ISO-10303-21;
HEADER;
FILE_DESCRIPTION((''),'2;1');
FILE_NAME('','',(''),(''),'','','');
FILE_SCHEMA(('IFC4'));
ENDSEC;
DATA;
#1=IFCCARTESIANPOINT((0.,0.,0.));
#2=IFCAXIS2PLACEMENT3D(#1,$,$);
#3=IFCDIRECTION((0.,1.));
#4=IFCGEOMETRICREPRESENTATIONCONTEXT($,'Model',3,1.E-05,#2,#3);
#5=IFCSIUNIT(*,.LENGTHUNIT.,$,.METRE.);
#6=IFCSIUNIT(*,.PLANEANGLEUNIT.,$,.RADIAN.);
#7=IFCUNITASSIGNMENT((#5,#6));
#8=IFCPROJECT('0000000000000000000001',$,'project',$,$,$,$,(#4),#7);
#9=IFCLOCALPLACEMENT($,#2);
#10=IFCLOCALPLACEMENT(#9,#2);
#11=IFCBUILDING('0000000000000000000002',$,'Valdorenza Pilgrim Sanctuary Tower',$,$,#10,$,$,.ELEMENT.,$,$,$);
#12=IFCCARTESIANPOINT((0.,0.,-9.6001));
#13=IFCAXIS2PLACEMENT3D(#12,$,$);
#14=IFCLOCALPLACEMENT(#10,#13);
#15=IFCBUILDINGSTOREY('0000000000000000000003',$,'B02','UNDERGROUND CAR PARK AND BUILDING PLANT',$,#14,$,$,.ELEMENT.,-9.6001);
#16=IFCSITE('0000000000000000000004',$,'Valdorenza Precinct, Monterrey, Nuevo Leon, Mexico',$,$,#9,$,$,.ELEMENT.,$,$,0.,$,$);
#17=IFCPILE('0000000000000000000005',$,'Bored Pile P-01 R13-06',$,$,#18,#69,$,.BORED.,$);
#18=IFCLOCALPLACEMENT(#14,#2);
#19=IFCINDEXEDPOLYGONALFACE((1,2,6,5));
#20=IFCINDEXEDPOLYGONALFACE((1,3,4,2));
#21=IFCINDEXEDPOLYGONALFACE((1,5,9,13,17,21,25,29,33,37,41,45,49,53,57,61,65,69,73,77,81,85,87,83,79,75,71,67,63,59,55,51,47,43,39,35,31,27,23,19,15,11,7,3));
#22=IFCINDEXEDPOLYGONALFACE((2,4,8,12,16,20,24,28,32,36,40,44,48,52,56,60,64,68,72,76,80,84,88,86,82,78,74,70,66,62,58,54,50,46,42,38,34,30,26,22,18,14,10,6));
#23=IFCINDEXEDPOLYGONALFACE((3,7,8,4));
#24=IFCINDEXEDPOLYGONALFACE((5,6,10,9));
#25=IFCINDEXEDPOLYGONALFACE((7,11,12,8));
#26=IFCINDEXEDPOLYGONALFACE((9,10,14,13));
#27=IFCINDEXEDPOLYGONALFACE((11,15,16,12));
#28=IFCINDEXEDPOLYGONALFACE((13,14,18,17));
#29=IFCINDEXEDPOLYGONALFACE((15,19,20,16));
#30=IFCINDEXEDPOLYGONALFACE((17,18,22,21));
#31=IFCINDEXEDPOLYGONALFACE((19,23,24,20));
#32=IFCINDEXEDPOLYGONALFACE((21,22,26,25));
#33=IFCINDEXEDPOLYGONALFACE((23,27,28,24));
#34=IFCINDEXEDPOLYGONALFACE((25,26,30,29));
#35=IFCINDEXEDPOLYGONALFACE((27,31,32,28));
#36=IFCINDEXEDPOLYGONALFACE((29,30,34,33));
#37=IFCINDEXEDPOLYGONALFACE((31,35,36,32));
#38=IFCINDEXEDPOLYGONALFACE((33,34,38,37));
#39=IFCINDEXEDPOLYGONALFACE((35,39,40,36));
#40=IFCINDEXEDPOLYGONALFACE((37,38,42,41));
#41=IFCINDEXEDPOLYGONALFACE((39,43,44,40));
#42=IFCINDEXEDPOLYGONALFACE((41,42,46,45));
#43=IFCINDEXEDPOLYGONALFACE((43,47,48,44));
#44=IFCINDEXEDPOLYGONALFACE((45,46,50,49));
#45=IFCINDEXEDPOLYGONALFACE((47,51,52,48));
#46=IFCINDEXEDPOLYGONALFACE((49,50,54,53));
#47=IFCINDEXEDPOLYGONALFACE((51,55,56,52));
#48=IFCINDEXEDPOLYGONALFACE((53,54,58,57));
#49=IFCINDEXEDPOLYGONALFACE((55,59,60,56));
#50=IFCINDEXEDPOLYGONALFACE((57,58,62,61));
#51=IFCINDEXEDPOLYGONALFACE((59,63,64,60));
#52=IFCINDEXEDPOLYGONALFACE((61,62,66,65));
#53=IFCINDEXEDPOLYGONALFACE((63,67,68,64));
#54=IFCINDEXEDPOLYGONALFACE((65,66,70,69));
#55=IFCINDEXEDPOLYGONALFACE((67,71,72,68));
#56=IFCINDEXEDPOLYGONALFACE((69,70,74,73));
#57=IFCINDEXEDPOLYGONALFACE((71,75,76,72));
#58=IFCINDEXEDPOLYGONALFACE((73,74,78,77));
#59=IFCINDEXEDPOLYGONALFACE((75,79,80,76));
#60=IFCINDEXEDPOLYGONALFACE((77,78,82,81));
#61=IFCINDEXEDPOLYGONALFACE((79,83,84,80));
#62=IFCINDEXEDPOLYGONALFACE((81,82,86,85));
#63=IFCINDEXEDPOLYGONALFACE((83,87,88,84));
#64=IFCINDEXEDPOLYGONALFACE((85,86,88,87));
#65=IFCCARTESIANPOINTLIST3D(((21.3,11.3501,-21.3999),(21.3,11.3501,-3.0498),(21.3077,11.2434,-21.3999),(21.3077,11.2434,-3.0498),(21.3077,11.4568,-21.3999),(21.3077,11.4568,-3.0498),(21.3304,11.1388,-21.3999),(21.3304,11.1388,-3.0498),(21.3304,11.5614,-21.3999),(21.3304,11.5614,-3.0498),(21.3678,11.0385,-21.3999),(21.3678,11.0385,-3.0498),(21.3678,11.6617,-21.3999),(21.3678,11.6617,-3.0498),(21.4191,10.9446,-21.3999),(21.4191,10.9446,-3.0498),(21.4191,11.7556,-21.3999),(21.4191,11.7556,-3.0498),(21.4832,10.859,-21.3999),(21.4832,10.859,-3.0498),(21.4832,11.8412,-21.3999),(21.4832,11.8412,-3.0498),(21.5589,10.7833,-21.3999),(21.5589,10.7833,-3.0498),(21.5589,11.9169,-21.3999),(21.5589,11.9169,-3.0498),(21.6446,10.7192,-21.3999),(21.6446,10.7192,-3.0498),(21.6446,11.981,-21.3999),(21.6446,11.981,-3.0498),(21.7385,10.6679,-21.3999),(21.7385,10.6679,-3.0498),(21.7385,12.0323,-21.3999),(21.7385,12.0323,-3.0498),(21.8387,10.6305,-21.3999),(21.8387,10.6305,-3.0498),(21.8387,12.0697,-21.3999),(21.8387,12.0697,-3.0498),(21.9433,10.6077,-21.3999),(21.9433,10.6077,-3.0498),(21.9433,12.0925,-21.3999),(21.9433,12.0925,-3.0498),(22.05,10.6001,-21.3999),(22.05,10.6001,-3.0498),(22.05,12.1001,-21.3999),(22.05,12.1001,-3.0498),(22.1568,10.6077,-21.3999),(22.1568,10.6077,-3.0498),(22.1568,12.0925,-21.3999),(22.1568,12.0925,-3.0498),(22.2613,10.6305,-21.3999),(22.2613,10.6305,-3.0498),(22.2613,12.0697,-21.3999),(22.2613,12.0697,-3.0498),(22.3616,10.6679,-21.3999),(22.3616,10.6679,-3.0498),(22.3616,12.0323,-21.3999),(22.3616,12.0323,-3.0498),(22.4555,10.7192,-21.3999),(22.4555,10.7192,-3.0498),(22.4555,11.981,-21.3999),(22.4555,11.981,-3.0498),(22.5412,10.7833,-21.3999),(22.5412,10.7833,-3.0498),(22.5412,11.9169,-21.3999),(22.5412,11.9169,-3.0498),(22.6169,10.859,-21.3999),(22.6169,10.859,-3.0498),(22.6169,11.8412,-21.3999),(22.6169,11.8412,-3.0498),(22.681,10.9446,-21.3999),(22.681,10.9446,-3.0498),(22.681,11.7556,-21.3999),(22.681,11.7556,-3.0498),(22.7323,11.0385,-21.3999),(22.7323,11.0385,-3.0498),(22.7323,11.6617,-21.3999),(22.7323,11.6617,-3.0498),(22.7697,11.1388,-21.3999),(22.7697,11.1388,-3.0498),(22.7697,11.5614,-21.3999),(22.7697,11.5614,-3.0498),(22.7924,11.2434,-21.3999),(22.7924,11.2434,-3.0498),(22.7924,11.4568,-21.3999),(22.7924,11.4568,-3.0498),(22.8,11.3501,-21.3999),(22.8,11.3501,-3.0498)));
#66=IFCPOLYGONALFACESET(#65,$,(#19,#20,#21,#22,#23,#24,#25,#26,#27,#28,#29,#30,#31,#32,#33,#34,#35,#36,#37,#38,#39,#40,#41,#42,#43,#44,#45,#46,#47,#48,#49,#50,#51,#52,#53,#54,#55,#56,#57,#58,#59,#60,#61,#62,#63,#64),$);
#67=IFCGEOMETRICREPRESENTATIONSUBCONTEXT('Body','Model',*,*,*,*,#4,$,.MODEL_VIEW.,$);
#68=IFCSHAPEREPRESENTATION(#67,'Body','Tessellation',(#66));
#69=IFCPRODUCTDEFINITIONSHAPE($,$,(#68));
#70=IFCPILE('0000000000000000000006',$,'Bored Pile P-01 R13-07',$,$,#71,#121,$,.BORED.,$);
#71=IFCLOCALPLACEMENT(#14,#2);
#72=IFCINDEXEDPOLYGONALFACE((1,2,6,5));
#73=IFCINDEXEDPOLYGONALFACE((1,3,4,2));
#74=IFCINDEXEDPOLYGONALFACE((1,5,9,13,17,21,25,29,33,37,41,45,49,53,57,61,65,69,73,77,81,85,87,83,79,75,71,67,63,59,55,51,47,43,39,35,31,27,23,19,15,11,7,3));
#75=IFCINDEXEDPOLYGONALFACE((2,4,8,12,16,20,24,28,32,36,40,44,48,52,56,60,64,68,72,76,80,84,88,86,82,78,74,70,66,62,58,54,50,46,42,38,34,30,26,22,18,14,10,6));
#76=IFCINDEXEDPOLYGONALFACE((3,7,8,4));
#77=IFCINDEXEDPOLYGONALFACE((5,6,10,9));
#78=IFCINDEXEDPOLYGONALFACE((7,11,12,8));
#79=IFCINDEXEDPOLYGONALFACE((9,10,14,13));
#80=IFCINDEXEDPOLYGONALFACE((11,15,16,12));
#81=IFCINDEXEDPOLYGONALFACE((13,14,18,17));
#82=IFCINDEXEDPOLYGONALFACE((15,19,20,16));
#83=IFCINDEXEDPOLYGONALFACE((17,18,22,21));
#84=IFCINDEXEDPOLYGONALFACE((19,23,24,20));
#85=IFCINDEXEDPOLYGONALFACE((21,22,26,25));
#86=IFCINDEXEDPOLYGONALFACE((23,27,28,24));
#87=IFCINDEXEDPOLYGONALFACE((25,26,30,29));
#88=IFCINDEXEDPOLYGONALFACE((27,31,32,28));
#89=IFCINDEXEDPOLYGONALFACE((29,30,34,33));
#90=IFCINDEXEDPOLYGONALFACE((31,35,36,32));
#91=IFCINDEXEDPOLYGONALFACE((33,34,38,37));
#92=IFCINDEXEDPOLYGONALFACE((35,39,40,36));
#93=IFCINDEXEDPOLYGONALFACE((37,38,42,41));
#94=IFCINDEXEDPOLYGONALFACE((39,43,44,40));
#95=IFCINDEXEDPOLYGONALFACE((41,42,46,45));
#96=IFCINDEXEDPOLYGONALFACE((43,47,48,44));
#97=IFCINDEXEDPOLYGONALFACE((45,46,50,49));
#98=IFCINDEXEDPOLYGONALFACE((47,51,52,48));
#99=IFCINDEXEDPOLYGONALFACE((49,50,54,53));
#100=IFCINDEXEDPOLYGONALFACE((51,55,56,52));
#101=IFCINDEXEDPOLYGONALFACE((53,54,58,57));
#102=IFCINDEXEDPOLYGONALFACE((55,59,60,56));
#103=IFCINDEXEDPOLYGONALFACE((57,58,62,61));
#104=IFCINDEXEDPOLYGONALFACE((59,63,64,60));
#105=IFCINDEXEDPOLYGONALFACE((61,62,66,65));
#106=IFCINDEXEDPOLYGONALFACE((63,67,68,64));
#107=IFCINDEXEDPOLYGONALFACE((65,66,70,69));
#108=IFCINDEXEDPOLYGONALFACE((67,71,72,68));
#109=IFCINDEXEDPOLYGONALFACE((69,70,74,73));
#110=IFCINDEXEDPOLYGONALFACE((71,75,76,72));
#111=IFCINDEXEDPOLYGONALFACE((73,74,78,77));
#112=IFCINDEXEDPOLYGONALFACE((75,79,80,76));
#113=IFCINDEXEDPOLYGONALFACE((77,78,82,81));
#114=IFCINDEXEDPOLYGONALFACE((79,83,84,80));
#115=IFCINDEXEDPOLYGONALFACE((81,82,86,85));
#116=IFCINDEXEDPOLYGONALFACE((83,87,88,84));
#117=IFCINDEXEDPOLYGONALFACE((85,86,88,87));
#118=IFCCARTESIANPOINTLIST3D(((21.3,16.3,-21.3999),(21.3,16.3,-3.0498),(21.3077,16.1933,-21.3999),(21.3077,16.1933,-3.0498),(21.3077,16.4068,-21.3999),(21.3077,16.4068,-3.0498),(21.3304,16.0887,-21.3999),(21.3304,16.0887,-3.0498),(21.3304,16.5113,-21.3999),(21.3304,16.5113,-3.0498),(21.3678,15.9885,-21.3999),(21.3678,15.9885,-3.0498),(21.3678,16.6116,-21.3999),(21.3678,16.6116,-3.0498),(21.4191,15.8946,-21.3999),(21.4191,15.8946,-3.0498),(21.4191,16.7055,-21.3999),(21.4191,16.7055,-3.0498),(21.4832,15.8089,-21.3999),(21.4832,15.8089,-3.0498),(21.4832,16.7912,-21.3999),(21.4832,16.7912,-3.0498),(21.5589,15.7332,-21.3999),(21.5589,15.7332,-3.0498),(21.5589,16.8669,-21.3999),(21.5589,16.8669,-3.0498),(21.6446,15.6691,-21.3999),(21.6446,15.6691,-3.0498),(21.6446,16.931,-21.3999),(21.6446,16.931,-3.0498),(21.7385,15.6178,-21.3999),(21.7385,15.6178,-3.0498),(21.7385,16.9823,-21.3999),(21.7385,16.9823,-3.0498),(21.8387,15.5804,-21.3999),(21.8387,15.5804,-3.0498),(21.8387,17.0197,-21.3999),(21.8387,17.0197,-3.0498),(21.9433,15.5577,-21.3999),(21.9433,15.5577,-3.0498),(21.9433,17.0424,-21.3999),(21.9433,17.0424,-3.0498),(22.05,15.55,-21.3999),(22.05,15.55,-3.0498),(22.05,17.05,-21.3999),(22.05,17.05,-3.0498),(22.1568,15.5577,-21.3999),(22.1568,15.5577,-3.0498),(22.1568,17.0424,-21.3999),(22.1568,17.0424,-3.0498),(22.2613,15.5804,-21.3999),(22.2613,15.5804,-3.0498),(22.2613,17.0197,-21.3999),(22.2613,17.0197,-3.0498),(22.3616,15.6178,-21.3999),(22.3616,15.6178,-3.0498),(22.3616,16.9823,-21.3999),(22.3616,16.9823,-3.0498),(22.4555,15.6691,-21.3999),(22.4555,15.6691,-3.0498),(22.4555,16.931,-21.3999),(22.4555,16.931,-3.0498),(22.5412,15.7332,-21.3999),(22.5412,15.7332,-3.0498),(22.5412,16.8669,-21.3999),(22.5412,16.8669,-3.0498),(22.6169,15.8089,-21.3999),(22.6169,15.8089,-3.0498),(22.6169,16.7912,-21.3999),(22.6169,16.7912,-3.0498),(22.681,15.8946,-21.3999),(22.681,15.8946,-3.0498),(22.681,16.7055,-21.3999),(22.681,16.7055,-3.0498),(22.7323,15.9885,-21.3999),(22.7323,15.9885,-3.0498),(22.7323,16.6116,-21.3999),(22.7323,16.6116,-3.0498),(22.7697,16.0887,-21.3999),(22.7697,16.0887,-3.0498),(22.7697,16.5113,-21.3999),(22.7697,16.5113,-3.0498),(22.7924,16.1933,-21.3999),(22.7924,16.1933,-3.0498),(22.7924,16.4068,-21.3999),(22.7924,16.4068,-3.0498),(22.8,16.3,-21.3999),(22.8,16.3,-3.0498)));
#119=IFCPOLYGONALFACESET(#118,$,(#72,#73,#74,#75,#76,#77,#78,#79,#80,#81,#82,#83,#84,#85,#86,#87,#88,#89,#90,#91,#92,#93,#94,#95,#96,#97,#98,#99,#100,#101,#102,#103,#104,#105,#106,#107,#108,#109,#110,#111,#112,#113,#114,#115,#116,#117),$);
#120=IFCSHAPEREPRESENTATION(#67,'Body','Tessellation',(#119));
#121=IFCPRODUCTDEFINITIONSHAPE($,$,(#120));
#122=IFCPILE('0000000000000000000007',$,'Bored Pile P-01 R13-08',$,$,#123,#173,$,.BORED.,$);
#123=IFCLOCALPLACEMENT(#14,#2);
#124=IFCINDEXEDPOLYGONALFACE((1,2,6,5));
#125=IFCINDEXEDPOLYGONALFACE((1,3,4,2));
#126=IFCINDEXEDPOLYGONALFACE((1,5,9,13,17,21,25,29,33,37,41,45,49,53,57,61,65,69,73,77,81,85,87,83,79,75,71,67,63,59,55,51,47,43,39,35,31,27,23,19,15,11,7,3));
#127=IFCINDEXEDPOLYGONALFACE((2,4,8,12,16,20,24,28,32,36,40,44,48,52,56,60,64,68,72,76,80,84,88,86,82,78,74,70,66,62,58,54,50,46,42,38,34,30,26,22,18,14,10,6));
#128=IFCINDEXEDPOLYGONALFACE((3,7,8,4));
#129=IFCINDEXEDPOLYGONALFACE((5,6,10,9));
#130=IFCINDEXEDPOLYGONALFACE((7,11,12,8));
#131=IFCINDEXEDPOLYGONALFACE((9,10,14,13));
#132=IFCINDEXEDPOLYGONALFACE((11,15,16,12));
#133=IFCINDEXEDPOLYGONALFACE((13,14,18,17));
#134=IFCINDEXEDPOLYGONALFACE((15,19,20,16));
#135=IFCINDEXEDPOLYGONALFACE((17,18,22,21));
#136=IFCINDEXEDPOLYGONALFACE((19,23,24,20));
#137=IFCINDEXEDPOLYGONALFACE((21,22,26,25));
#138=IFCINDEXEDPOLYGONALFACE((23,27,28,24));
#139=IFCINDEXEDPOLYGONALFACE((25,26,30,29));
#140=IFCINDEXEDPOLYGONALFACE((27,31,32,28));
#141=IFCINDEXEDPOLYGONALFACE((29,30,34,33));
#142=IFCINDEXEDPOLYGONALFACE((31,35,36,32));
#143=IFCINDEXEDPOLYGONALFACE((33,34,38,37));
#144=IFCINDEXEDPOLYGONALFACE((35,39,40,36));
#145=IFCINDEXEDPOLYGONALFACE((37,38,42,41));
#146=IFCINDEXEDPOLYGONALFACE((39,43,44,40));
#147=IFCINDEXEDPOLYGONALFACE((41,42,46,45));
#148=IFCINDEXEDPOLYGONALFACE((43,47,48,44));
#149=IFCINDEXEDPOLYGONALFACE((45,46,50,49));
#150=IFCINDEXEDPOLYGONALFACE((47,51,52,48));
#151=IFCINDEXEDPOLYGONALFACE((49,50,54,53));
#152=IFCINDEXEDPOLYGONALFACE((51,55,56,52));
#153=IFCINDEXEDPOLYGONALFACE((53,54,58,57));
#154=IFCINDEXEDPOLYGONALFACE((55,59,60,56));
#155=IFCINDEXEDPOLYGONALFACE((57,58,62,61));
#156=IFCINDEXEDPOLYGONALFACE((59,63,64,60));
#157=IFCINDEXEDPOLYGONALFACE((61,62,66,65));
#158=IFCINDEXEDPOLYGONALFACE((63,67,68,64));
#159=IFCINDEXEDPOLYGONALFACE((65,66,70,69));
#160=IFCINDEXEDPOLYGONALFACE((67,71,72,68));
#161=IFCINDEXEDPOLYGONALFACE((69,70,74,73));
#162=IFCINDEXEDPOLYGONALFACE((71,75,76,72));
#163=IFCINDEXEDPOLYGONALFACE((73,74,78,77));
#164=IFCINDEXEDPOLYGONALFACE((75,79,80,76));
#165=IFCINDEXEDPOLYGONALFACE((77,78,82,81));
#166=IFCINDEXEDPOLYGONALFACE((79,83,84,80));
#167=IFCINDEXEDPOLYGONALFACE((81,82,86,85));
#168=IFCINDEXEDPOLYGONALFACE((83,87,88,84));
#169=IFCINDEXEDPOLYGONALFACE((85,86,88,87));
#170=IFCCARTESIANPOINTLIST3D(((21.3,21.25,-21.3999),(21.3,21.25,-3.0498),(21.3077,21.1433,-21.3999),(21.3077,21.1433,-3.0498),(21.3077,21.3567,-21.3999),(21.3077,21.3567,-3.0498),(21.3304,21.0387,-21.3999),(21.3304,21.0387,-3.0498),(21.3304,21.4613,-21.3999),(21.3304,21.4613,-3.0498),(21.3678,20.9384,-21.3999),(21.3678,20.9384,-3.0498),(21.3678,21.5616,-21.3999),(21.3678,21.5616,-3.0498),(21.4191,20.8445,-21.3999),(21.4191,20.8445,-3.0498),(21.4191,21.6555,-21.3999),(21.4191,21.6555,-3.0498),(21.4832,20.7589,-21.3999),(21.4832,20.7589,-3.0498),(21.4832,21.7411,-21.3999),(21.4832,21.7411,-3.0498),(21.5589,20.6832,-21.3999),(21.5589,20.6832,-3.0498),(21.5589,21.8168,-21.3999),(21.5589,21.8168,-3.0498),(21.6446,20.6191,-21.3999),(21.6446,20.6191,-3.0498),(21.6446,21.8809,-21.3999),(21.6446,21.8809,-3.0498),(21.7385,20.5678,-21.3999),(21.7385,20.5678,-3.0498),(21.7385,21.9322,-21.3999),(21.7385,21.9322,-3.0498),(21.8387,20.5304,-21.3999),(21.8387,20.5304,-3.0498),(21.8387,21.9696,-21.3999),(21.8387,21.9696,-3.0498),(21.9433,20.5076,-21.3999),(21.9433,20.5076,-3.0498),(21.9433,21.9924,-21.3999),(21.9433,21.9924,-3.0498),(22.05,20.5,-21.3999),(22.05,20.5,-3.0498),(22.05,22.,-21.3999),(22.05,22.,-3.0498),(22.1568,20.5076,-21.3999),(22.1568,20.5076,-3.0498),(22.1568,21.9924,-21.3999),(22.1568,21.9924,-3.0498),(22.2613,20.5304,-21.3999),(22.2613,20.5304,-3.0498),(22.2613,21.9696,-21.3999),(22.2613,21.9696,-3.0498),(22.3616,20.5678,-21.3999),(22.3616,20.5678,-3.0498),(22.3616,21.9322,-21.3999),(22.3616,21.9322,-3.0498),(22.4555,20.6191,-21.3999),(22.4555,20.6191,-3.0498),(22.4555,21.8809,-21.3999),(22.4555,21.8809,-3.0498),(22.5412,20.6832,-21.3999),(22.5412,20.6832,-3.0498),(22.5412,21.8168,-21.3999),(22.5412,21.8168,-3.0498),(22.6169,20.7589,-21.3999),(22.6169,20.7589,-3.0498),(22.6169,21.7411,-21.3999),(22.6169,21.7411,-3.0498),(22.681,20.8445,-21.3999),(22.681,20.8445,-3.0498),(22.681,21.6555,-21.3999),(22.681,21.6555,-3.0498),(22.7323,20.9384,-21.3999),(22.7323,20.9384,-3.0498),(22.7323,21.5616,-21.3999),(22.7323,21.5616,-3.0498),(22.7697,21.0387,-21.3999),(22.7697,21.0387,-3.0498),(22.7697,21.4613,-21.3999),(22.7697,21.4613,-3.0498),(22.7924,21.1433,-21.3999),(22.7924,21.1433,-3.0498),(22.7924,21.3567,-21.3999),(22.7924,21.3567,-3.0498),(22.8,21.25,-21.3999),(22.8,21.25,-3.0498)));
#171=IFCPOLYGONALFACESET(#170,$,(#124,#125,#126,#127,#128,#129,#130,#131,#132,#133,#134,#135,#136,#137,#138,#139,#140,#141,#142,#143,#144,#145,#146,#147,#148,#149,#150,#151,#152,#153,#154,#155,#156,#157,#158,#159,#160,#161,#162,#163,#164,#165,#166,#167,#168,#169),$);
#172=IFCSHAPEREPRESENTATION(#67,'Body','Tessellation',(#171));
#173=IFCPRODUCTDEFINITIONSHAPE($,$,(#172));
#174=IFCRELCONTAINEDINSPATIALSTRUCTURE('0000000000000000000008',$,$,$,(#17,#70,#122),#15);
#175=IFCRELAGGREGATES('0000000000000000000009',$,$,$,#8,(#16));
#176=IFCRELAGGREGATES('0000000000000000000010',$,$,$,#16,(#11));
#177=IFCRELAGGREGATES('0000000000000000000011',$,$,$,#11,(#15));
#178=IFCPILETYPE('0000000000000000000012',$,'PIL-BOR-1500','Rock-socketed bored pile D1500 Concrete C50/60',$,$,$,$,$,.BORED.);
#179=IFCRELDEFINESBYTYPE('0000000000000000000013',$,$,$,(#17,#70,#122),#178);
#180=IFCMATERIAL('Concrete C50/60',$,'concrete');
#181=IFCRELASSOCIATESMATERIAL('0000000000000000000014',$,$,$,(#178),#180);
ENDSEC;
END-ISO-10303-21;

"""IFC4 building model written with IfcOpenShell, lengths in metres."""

from ifc_helpers import new_model, si_unit, direction, frame, origin, origin_2d, place, context, subcontext, project, spatial, circle, extrude, source, transform, mapped, material, material_profile, profile_set, type_object, element, save


model = new_model("IFC4")

# Units and contexts
model_context = context("Model", 3, precision=1e-05, world=origin(), true_north=direction((0.0, 1.0)))
body_context = subcontext(model_context, "Body", "Model", "MODEL_VIEW")
ifc_project = project(units=[si_unit("LENGTHUNIT", "METRE"), si_unit("PLANEANGLEUNIT", "RADIAN")], contexts=[model_context])

# Site, building, storey
site_placement = place(None, origin())
site = spatial("IfcSite", under=ifc_project, at=site_placement, Name="Valdorenza Precinct, Monterrey, Nuevo Leon, Mexico", CompositionType="ELEMENT", RefElevation=0.0)
building_placement = place(site_placement, origin())
building = spatial("IfcBuilding", under=site, at=building_placement, Name="Valdorenza Pilgrim Sanctuary Tower", CompositionType="ELEMENT")
storey_placement = place(building_placement, frame((0.0, 0.0, -9.6001)))
storey = spatial("IfcBuildingStorey", under=building, at=storey_placement, Name="B02", Description="UNDERGROUND CAR PARK AND BUILDING PLANT", CompositionType="ELEMENT", Elevation=-9.6001)

# Piles
ifc_material_1 = material(Name="Concrete C50/60", Category="concrete")
ifc_material_profile_1 = material_profile(ifc_material_1, circle(Radius=0.75, at=origin_2d()), Name="BORED PILE 1500")
ifc_profile_set_1 = profile_set([ifc_material_profile_1], Name="Concrete C50/60")
pile_type = type_object("IfcPileType", Name="PIL-BOR-1500", Description="Rock-socketed bored pile D1500 Concrete C50/60", PredefinedType="BORED", material=ifc_profile_set_1)
shared_shape_1 = source(origin(), body_context, "Body", "SweptSolid", [
    extrude(circle(Radius=0.75, at=origin_2d()), origin(), (0.0, 0.0, 1.0), 18.3501),
])
for number, where, z_axis, x_axis, name in (
    (1, (22.05, 11.3501, -3.0498), (0.0, 0.0, -1.0), (1.0, 0.0, 0.0), "Bored Pile P-01 R13-06"),
    (2, (22.05, 16.3, -3.0498), (0.0, 0.0, -1.0), (1.0, 0.0, 0.0), "Bored Pile P-01 R13-07"),
    (3, (22.05, 21.25, -3.0498), (0.0, 0.0, -1.0), (1.0, 0.0, 0.0), "Bored Pile P-01 R13-08"),
):
    element("IfcPile", number, at=place(storey_placement, frame(where, z_axis=z_axis, x_axis=x_axis)), inside=storey, type_object=pile_type, Name=name, PredefinedType="BORED", context=body_context, shape_type="MappedRepresentation", body=[
        mapped(shared_shape_1, transform((0.0, 0.0, 0.0), x_axis=(1.0, 0.0, 0.0), y_axis=(0.0, 1.0, 0.0), z_axis=(0.0, 0.0, 1.0), scale=1.0)),
    ])

save(model, "model.ifc")
